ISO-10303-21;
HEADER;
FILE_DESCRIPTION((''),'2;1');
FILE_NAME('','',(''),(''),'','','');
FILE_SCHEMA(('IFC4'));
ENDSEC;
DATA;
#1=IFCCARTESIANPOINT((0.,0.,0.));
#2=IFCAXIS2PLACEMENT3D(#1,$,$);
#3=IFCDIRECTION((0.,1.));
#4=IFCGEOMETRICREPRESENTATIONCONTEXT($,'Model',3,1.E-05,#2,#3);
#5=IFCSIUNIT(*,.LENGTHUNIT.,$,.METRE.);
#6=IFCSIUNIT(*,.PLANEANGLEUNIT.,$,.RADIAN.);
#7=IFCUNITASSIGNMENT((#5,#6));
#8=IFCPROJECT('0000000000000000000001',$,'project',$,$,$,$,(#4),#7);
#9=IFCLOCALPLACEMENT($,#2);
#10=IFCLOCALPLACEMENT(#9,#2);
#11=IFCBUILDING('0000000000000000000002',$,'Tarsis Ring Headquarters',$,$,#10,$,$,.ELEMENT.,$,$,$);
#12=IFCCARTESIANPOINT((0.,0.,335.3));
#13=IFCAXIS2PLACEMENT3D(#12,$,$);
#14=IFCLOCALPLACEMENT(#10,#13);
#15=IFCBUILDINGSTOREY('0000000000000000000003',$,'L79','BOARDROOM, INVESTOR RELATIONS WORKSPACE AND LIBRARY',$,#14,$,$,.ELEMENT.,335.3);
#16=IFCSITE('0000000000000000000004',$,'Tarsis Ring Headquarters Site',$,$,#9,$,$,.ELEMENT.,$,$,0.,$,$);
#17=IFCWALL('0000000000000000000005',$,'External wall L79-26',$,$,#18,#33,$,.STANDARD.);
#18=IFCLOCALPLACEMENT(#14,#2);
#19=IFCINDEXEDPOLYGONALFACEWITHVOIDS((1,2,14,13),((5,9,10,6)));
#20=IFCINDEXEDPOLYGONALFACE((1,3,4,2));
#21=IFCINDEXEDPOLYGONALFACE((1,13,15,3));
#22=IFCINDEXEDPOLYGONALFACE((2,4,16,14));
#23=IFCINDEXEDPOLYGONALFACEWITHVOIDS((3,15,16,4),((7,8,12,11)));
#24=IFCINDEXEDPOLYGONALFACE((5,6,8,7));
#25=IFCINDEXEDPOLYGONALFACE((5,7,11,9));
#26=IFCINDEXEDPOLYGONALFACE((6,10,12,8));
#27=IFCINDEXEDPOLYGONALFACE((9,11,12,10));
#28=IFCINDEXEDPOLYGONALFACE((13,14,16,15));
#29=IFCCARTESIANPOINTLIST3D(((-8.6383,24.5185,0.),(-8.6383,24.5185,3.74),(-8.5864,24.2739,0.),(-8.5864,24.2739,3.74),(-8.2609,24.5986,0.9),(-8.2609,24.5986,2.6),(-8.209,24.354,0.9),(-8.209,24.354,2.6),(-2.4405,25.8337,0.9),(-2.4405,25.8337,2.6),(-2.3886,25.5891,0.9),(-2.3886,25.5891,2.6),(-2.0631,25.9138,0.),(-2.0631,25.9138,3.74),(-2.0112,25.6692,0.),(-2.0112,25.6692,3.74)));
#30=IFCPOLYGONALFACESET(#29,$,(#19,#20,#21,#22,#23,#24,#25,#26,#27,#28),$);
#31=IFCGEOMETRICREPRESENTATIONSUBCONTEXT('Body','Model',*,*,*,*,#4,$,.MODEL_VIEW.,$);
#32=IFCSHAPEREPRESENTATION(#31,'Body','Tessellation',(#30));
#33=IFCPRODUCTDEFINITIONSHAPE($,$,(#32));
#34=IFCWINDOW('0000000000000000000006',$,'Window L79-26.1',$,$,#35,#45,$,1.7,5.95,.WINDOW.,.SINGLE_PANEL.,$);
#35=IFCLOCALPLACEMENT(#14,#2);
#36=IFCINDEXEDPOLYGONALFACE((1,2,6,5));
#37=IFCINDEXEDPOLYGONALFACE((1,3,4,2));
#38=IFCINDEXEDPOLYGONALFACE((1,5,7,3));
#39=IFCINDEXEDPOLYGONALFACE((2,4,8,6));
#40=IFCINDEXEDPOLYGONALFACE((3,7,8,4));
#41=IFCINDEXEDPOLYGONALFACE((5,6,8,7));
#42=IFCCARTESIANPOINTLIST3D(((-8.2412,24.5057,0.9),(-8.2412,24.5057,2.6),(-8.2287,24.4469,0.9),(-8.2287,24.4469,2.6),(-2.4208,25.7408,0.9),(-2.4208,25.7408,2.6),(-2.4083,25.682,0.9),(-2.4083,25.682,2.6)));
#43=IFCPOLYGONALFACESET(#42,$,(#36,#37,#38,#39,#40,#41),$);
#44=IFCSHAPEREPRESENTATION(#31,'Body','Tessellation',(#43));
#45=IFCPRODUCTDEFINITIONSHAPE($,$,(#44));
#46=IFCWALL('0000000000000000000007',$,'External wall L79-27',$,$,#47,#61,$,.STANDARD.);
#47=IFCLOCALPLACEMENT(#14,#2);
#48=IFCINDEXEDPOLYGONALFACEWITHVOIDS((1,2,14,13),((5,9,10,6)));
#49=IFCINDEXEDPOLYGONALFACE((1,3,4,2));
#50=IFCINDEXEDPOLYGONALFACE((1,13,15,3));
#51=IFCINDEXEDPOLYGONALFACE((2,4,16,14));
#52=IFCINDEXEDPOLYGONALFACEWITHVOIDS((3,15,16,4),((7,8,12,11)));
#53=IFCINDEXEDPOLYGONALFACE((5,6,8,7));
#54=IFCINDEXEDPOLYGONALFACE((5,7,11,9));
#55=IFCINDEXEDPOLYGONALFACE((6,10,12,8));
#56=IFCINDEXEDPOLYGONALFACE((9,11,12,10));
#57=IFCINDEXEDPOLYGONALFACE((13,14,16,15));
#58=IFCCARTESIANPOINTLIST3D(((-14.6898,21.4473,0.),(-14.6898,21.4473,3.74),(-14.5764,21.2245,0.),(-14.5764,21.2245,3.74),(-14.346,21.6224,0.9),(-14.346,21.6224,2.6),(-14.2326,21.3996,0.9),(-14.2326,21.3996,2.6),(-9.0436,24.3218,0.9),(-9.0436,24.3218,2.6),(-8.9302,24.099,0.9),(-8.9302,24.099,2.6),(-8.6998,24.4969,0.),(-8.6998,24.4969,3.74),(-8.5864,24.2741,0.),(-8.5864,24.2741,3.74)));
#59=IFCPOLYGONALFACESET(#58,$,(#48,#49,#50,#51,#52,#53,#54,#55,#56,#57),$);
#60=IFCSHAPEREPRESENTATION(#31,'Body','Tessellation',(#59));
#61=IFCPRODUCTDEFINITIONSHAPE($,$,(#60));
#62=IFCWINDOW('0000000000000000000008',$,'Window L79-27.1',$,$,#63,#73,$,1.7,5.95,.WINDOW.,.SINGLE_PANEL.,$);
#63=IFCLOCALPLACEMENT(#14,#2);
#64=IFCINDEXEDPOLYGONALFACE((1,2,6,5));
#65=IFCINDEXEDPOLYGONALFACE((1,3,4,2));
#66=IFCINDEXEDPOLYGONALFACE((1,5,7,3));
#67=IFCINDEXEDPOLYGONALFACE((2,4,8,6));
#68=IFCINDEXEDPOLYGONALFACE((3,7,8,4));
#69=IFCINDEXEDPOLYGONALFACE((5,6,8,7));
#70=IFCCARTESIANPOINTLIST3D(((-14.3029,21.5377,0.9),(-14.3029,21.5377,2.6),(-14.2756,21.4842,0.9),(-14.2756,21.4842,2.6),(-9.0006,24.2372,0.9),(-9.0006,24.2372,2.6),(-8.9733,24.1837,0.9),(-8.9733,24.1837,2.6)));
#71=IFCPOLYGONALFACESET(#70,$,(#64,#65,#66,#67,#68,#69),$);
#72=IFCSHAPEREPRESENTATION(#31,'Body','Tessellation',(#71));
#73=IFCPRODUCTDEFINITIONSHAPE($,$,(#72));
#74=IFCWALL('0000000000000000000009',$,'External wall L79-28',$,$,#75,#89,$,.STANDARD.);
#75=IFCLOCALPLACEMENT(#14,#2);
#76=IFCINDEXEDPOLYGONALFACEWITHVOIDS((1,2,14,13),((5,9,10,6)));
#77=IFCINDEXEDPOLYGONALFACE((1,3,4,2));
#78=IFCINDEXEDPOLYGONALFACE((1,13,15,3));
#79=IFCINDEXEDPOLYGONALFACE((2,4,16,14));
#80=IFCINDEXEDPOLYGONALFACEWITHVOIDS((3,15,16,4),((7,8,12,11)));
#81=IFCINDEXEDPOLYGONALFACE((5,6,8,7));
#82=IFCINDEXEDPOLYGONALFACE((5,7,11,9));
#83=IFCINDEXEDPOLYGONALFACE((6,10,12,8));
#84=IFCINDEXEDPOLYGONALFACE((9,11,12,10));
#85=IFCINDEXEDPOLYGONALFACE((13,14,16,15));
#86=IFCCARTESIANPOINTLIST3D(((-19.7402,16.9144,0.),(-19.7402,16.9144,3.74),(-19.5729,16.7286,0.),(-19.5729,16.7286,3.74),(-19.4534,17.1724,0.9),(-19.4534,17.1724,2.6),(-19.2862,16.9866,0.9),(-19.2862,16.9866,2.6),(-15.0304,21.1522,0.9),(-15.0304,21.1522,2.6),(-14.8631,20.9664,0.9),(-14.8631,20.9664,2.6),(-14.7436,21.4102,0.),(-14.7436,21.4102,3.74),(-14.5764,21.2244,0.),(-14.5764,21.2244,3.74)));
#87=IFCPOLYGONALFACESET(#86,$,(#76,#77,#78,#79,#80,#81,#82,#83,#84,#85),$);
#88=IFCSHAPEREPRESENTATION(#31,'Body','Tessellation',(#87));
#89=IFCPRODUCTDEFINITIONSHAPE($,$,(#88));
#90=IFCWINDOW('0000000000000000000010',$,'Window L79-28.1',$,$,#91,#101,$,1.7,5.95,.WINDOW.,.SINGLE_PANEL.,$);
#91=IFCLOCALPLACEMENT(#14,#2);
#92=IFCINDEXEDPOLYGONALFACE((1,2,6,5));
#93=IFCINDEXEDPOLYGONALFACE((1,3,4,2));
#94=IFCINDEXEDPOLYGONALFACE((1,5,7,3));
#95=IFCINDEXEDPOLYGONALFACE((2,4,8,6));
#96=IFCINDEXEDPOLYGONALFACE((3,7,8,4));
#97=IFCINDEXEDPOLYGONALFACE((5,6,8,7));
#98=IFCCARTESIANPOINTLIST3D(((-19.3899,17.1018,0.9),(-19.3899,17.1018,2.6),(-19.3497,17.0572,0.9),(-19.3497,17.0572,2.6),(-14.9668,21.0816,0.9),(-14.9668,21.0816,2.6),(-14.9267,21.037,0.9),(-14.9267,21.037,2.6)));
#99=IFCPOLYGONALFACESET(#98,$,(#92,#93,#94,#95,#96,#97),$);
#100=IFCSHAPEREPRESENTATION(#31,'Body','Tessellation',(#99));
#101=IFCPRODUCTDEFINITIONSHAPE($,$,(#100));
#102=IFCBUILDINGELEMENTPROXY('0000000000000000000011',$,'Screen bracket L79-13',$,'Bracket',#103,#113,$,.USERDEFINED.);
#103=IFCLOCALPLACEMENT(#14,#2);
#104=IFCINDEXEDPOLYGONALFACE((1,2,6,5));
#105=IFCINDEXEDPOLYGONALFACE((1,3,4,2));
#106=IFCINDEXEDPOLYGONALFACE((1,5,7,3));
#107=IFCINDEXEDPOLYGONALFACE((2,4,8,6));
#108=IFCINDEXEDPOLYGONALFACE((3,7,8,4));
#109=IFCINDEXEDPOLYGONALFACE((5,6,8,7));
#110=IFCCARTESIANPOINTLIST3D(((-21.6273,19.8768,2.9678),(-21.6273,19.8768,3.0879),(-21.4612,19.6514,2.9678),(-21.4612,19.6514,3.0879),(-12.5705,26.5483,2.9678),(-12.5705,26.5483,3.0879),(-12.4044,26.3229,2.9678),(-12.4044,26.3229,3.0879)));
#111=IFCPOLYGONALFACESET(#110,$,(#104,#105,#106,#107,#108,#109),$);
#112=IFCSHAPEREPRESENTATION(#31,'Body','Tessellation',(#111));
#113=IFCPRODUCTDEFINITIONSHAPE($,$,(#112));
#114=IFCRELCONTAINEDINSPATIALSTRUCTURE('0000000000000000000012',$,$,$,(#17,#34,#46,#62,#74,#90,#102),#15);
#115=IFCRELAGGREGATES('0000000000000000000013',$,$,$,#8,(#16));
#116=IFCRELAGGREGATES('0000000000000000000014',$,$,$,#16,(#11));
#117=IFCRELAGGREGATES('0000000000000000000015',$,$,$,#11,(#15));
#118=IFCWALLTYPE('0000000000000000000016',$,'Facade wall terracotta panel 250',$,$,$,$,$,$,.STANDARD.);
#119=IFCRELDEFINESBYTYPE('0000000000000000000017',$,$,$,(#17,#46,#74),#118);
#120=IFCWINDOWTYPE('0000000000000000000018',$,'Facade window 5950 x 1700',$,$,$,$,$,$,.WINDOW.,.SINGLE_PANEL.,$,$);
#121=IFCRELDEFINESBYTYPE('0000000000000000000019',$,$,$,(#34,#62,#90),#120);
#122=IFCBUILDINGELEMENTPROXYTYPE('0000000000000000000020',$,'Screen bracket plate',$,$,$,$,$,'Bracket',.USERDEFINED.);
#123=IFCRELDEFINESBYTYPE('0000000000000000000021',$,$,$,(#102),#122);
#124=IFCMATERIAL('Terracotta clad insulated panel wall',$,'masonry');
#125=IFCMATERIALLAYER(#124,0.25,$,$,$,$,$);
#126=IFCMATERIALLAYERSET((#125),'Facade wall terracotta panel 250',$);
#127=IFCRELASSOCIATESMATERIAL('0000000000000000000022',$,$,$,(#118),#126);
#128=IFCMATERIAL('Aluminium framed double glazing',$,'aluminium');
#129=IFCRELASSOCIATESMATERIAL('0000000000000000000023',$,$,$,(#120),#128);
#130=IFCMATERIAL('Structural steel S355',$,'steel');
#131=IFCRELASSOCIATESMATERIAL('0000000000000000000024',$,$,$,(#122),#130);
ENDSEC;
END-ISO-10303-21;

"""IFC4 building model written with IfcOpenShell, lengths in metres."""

from ifc_helpers import new_model, si_unit, direction, frame, frame_2d, origin, origin_2d, place, context, subcontext, project, spatial, rectangle, extrude, material, layer, layer_set, type_object, element, fill, save


model = new_model("IFC4")

# Units and contexts
model_context = context("Model", 3, precision=1e-05, world=origin(), true_north=direction((0.0, 1.0)))
body_context = subcontext(model_context, "Body", "Model", "MODEL_VIEW")
ifc_project = project(units=[si_unit("LENGTHUNIT", "METRE"), si_unit("PLANEANGLEUNIT", "RADIAN")], contexts=[model_context])

# Site, building, storey
site_placement = place(None, origin())
site = spatial("IfcSite", under=ifc_project, at=site_placement, Name="Tarsis Ring Headquarters Site", CompositionType="ELEMENT", RefElevation=0.0)
building_placement = place(site_placement, origin())
building = spatial("IfcBuilding", under=site, at=building_placement, Name="Tarsis Ring Headquarters", CompositionType="ELEMENT")
storey_placement = place(building_placement, frame((0.0, 0.0, 335.3)))
storey = spatial("IfcBuildingStorey", under=building, at=storey_placement, Name="L79", Description="BOARDROOM, INVESTOR RELATIONS WORKSPACE AND LIBRARY", CompositionType="ELEMENT", Elevation=335.3)

# Shared definitions
ifc_material_1 = material(Name="Structural steel S355", Category="steel")

# Walls, openings, windows
ifc_material_2 = material(Name="Terracotta clad insulated panel wall", Category="masonry")
ifc_layer_1 = layer(ifc_material_2, 0.25)
ifc_layer_set_1 = layer_set([ifc_layer_1], Name="Facade wall terracotta panel 250")
wall_type_1 = type_object("IfcWallType", Name="Facade wall terracotta panel 250", PredefinedType="STANDARD", material=ifc_layer_set_1)
wall_1_placement = place(storey_placement, frame((-2.0371, 25.7915, 0.0), z_axis=(0.0, 0.0, 1.0), x_axis=(-0.978218, -0.207579, 0.0)))
wall_1 = element("IfcWall", 1, at=wall_1_placement, inside=storey, type_object=wall_type_1, Name="External wall L79-26", PredefinedType="STANDARD", context=body_context, shape_type="SweptSolid", body=[
    extrude(rectangle(XDim=6.7217, YDim=0.25, at=frame_2d((3.3608, 0.0))), origin(), (0.0, 0.0, 1.0), 3.74),
])
opening_1_placement = place(wall_1_placement, frame((0.3857, 0.0, 0.8999)))
opening_1 = element("IfcOpeningElement", 2, at=opening_1_placement, cuts=wall_1, PredefinedType="OPENING", context=body_context, shape_type="SweptSolid", body=[
    extrude(rectangle(XDim=5.95, YDim=1.7, at=frame_2d((2.9751, 0.8501))), frame((0.0, 0.135, 0.0), z_axis=(0.0, -1.0, 0.0), x_axis=(1.0, 0.0, 0.0)), (0.0, 0.0, 1.0), 0.27),
])
ifc_material_3 = material(Name="Aluminium framed double glazing", Category="aluminium")
window_type = type_object("IfcWindowType", Name="Facade window 5950 x 1700", PartitioningType="SINGLE_PANEL", PredefinedType="WINDOW", material=ifc_material_3)
window_1_placement = place(opening_1_placement, origin())
window_1 = element("IfcWindow", 3, at=window_1_placement, inside=storey, type_object=window_type, Name="Window L79-26.1", OverallHeight=1.7, OverallWidth=5.95, PartitioningType="SINGLE_PANEL", PredefinedType="WINDOW", context=body_context, shape_type="SweptSolid", body=[
    extrude(rectangle(XDim=5.95, YDim=1.7, at=frame_2d((2.9751, 0.8501))), frame((0.0, 0.03, 0.0), z_axis=(0.0, -1.0, 0.0), x_axis=(1.0, 0.0, 0.0)), (0.0, 0.0, 1.0), 0.0601),
])
fill(opening_1, window_1)
wall_2_placement = place(storey_placement, frame((-8.6431, 24.3855, 0.0), z_axis=(0.0, 0.0, 1.0), x_axis=(-0.891156, -0.453696, 0.0)))
wall_2 = element("IfcWall", 4, at=wall_2_placement, inside=storey, type_object=wall_type_1, Name="External wall L79-27", PredefinedType="STANDARD", context=body_context, shape_type="SweptSolid", body=[
    extrude(rectangle(XDim=6.7217, YDim=0.25, at=frame_2d((3.3608, 0.0))), origin(), (0.0, 0.0, 1.0), 3.74),
])
opening_2_placement = place(wall_2_placement, frame((0.3857, 0.0, 0.8999)))
opening_2 = element("IfcOpeningElement", 5, at=opening_2_placement, cuts=wall_2, PredefinedType="OPENING", context=body_context, shape_type="SweptSolid", body=[
    extrude(rectangle(XDim=5.95, YDim=1.7, at=frame_2d((2.9751, 0.8501))), frame((0.0, 0.135, 0.0), z_axis=(0.0, -1.0, 0.0), x_axis=(1.0, 0.0, 0.0)), (0.0, 0.0, 1.0), 0.27),
])
window_2_placement = place(opening_2_placement, origin())
window_2 = element("IfcWindow", 6, at=window_2_placement, inside=storey, type_object=window_type, Name="Window L79-27.1", OverallHeight=1.7, OverallWidth=5.95, PartitioningType="SINGLE_PANEL", PredefinedType="WINDOW", context=body_context, shape_type="SweptSolid", body=[
    extrude(rectangle(XDim=5.95, YDim=1.7, at=frame_2d((2.9751, 0.8501))), frame((0.0, 0.03, 0.0), z_axis=(0.0, -1.0, 0.0), x_axis=(1.0, 0.0, 0.0)), (0.0, 0.0, 1.0), 0.0601),
])
fill(opening_2, window_2)
wall_3_placement = place(storey_placement, frame((-14.6599, 21.3174, 0.0), z_axis=(0.0, 0.0, 1.0), x_axis=(-0.743374, -0.668876, 0.0)))
wall_3 = element("IfcWall", 7, at=wall_3_placement, inside=storey, type_object=wall_type_1, Name="External wall L79-28", PredefinedType="STANDARD", context=body_context, shape_type="SweptSolid", body=[
    extrude(rectangle(XDim=6.7214, YDim=0.25, at=frame_2d((3.3608, 0.0))), origin(), (0.0, 0.0, 1.0), 3.74),
])
opening_3_placement = place(wall_3_placement, frame((0.3857, 0.0, 0.8999)))
opening_3 = element("IfcOpeningElement", 8, at=opening_3_placement, cuts=wall_3, PredefinedType="OPENING", context=body_context, shape_type="SweptSolid", body=[
    extrude(rectangle(XDim=5.95, YDim=1.7, at=frame_2d((2.9751, 0.8501))), frame((0.0, 0.135, 0.0), z_axis=(0.0, -1.0, 0.0), x_axis=(1.0, 0.0, 0.0)), (0.0, 0.0, 1.0), 0.27),
])
window_3_placement = place(opening_3_placement, origin())
window_3 = element("IfcWindow", 9, at=window_3_placement, inside=storey, type_object=window_type, Name="Window L79-28.1", OverallHeight=1.7, OverallWidth=5.95, PartitioningType="SINGLE_PANEL", PredefinedType="WINDOW", context=body_context, shape_type="SweptSolid", body=[
    extrude(rectangle(XDim=5.95, YDim=1.7, at=frame_2d((2.9751, 0.8501))), frame((0.0, 0.03, 0.0), z_axis=(0.0, -1.0, 0.0), x_axis=(1.0, 0.0, 0.0)), (0.0, 0.0, 1.0), 0.0601),
])
fill(opening_3, window_3)

# Building element proxy
building_element_proxy_type = type_object("IfcBuildingElementProxyType", Name="Screen bracket plate", ElementType="Bracket", PredefinedType="USERDEFINED", material=ifc_material_1)
proxy_placement = place(storey_placement, frame((-17.0159, 23.0999, 2.9678), z_axis=(0.0, 0.0, 1.0), x_axis=(-0.80514, -0.593085, 0.0)))
element("IfcBuildingElementProxy", 10, at=proxy_placement, inside=storey, type_object=building_element_proxy_type, Name="Screen bracket L79-13", ObjectType="Bracket", PredefinedType="USERDEFINED", context=body_context, shape_type="SweptSolid", body=[
    extrude(rectangle(XDim=11.2488, YDim=0.28, at=origin_2d()), origin(), (0.0, 0.0, 1.0), 0.1201),
])

save(model, "model.ifc")
